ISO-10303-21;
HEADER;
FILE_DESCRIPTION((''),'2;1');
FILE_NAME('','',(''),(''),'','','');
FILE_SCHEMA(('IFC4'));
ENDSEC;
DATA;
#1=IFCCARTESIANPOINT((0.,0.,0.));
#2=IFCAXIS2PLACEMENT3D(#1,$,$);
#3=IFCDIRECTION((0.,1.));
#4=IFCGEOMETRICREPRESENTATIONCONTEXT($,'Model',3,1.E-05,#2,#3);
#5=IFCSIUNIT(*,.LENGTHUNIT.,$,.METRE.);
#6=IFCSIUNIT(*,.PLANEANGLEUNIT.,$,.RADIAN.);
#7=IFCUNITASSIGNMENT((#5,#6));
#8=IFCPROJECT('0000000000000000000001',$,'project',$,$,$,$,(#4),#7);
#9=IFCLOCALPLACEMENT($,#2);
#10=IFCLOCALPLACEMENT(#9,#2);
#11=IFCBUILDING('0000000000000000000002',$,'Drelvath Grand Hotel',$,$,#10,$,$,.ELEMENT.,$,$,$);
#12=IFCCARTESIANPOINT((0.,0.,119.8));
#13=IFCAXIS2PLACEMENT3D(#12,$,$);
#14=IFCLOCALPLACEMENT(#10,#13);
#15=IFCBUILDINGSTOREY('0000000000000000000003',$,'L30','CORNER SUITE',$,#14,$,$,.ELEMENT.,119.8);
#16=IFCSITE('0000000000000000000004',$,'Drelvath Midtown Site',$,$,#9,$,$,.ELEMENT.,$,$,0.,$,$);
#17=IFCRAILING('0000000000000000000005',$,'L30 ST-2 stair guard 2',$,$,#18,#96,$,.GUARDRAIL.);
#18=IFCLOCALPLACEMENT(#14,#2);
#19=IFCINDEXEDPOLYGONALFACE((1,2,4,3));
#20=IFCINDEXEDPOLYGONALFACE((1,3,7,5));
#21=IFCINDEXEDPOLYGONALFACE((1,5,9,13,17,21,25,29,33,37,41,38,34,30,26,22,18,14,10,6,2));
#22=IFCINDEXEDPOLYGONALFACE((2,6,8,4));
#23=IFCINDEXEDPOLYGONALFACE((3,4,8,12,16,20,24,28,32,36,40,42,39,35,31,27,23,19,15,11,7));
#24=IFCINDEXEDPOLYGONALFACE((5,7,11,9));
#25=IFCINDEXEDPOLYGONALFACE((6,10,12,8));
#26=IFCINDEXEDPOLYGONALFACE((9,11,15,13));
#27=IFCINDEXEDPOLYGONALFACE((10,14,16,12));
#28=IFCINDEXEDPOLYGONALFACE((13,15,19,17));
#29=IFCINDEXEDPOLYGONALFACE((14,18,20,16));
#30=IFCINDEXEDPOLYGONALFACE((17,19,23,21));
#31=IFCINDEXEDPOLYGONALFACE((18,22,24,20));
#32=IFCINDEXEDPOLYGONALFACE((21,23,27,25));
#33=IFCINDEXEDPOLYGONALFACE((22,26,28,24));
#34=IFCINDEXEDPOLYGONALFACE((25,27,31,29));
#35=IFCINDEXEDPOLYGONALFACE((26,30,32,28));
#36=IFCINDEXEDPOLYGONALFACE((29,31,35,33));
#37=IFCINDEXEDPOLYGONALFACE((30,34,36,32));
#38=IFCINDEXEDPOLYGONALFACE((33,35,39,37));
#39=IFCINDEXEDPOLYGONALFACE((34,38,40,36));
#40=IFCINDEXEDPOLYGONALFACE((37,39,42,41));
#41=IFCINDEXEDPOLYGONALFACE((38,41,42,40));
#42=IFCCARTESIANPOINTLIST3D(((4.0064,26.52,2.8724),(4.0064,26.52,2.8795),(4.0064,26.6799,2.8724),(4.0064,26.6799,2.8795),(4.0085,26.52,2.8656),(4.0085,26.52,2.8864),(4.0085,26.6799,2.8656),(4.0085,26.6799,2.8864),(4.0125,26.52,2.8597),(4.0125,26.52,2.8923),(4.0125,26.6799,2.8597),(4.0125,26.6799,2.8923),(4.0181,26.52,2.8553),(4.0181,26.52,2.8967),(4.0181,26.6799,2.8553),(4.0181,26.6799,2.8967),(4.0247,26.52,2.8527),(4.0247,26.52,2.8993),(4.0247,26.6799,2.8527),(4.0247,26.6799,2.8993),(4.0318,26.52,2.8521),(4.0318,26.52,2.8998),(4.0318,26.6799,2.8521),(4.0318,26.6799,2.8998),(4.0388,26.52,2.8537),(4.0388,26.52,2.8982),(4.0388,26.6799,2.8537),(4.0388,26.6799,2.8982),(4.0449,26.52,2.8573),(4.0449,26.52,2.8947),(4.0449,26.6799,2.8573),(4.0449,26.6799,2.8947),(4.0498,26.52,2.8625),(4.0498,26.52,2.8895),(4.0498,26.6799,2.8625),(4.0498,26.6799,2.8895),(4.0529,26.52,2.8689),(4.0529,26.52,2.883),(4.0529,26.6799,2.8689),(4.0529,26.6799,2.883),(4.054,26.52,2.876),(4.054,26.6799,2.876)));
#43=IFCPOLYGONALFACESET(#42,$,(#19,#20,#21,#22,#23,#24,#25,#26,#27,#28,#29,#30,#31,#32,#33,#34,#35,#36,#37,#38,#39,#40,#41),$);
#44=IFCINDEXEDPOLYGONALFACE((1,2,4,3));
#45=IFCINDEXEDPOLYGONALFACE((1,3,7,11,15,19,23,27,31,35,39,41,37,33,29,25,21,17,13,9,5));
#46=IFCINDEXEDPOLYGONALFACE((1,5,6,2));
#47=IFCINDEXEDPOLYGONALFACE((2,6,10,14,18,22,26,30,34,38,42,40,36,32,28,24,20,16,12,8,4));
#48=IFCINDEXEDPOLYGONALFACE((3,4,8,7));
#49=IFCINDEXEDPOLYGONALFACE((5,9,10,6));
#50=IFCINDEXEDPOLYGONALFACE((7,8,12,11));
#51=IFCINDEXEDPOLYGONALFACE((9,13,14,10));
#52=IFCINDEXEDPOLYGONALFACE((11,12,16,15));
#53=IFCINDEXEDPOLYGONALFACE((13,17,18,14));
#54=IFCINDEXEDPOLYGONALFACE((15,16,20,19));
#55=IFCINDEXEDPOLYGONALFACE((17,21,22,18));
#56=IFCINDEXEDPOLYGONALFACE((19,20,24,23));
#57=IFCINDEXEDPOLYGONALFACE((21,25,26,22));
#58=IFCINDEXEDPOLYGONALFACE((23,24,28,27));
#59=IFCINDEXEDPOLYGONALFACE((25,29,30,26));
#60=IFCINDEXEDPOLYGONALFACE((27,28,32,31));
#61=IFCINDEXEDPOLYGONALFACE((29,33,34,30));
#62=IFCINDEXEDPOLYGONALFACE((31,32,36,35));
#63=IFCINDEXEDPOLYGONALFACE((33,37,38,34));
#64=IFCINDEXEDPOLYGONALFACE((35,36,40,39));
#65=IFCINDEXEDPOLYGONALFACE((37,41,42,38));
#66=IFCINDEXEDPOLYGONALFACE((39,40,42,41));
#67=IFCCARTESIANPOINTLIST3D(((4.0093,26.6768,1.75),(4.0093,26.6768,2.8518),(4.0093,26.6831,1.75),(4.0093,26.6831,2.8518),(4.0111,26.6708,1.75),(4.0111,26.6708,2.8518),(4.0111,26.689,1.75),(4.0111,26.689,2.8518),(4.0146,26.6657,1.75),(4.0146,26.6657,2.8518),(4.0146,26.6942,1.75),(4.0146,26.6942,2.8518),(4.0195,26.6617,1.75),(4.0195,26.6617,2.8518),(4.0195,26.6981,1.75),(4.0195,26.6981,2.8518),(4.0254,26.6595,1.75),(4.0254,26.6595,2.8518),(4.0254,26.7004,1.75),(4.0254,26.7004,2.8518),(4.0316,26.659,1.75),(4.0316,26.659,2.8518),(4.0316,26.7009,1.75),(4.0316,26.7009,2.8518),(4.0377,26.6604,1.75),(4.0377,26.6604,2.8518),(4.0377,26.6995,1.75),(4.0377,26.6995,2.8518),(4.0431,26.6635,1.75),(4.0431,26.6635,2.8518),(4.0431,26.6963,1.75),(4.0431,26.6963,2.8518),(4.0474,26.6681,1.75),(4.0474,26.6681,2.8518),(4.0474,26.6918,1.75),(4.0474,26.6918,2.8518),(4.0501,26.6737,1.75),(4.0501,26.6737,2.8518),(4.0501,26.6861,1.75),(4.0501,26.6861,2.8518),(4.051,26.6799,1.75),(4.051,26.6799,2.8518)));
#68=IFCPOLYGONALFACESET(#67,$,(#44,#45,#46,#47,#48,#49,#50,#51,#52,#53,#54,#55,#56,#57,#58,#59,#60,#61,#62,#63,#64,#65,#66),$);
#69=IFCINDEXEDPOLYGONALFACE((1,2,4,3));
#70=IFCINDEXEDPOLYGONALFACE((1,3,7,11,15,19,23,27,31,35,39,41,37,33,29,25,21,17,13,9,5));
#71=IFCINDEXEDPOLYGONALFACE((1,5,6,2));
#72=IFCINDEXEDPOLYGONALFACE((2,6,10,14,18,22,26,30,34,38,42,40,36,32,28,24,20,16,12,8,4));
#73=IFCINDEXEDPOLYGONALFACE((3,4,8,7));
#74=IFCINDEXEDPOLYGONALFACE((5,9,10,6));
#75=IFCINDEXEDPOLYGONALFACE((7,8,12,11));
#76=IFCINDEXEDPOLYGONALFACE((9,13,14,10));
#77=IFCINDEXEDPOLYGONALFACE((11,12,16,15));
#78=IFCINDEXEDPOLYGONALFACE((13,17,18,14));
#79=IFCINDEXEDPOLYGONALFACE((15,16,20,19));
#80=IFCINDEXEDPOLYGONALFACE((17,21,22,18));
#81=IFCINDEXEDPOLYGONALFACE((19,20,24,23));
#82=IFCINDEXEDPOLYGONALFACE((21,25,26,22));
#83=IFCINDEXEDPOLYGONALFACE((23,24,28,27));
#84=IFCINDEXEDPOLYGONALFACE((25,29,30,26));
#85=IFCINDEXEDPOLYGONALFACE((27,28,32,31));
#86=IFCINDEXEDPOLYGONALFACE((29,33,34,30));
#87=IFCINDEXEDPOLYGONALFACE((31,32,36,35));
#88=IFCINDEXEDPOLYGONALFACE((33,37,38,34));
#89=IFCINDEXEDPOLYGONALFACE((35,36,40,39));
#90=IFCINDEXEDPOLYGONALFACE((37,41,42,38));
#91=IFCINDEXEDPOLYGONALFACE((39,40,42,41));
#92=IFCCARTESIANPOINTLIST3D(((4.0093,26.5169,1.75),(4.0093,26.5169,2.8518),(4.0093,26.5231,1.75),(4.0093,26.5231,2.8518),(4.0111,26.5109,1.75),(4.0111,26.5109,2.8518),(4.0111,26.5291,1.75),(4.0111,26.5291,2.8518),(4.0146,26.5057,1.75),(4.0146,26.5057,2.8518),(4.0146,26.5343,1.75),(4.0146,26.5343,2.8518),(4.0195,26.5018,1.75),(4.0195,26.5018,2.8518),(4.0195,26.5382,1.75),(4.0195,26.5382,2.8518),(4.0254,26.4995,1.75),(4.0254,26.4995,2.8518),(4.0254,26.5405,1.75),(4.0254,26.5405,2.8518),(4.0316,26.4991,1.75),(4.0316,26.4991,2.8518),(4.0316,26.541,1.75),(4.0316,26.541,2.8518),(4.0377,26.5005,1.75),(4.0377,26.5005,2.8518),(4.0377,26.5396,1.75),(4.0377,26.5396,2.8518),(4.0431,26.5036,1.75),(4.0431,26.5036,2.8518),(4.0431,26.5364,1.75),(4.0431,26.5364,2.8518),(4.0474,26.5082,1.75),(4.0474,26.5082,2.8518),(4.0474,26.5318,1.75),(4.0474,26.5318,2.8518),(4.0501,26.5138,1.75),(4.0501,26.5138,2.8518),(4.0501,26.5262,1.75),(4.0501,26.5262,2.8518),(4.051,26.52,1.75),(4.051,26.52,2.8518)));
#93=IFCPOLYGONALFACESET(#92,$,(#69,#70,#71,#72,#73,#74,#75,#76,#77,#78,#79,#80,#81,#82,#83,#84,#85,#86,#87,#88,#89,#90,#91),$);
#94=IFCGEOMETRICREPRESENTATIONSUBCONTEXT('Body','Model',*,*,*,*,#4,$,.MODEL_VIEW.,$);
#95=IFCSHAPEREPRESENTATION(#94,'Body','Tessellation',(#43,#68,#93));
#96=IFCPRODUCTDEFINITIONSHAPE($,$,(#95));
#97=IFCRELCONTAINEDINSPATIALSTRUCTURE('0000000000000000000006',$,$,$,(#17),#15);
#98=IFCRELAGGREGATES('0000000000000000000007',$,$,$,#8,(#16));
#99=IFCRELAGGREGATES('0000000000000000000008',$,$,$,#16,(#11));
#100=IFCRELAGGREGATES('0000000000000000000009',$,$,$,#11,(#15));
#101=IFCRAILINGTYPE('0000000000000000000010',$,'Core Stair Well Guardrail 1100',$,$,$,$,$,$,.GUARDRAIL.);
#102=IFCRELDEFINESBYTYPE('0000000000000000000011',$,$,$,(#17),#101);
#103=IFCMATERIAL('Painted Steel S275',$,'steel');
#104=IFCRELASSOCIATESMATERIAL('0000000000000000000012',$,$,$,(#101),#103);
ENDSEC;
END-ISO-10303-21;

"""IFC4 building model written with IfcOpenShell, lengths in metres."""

from ifc_helpers import new_model, si_unit, direction, frame, origin, origin_2d, place, context, subcontext, project, spatial, circle, extrude, material, type_object, element, save


model = new_model("IFC4")

# Units and contexts
model_context = context("Model", 3, precision=1e-05, world=origin(), true_north=direction((0.0, 1.0)))
body_context = subcontext(model_context, "Body", "Model", "MODEL_VIEW")
ifc_project = project(units=[si_unit("LENGTHUNIT", "METRE"), si_unit("PLANEANGLEUNIT", "RADIAN")], contexts=[model_context])

# Site, building, storey
site_placement = place(None, origin())
site = spatial("IfcSite", under=ifc_project, at=site_placement, Name="Drelvath Midtown Site", CompositionType="ELEMENT", RefElevation=0.0)
building_placement = place(site_placement, origin())
building = spatial("IfcBuilding", under=site, at=building_placement, Name="Drelvath Grand Hotel", CompositionType="ELEMENT")
storey_placement = place(building_placement, frame((0.0, 0.0, 119.8)))
storey = spatial("IfcBuildingStorey", under=building, at=storey_placement, Name="L30", Description="CORNER SUITE", CompositionType="ELEMENT", Elevation=119.8)

# Railing
ifc_material_1 = material(Name="Painted Steel S275", Category="steel")
railing_type_1 = type_object("IfcRailingType", Name="Core Stair Well Guardrail 1100", PredefinedType="GUARDRAIL", material=ifc_material_1)
railing_1_placement = place(storey_placement, frame((4.03, 26.6799, 1.75)))
element("IfcRailing", 1, at=railing_1_placement, inside=storey, type_object=railing_type_1, Name="L30 ST-2 stair guard 2", PredefinedType="GUARDRAIL", context=body_context, shape_type="SweptSolid", body=[
    extrude(circle(Radius=0.0239, at=origin_2d()), frame((0.0, 0.0, 1.126), z_axis=(0.0, -1.0, 0.0), x_axis=(1.0, 0.0, 0.0)), (0.0, 0.0, 1.0), 0.1599),
    extrude(circle(Radius=0.021, at=origin_2d()), origin(), (0.0, 0.0, 1.0), 1.1018),
    extrude(circle(Radius=0.021, at=origin_2d()), frame((0.0, -0.1599, 0.0)), (0.0, 0.0, 1.0), 1.1018),
])

save(model, "model.ifc")
